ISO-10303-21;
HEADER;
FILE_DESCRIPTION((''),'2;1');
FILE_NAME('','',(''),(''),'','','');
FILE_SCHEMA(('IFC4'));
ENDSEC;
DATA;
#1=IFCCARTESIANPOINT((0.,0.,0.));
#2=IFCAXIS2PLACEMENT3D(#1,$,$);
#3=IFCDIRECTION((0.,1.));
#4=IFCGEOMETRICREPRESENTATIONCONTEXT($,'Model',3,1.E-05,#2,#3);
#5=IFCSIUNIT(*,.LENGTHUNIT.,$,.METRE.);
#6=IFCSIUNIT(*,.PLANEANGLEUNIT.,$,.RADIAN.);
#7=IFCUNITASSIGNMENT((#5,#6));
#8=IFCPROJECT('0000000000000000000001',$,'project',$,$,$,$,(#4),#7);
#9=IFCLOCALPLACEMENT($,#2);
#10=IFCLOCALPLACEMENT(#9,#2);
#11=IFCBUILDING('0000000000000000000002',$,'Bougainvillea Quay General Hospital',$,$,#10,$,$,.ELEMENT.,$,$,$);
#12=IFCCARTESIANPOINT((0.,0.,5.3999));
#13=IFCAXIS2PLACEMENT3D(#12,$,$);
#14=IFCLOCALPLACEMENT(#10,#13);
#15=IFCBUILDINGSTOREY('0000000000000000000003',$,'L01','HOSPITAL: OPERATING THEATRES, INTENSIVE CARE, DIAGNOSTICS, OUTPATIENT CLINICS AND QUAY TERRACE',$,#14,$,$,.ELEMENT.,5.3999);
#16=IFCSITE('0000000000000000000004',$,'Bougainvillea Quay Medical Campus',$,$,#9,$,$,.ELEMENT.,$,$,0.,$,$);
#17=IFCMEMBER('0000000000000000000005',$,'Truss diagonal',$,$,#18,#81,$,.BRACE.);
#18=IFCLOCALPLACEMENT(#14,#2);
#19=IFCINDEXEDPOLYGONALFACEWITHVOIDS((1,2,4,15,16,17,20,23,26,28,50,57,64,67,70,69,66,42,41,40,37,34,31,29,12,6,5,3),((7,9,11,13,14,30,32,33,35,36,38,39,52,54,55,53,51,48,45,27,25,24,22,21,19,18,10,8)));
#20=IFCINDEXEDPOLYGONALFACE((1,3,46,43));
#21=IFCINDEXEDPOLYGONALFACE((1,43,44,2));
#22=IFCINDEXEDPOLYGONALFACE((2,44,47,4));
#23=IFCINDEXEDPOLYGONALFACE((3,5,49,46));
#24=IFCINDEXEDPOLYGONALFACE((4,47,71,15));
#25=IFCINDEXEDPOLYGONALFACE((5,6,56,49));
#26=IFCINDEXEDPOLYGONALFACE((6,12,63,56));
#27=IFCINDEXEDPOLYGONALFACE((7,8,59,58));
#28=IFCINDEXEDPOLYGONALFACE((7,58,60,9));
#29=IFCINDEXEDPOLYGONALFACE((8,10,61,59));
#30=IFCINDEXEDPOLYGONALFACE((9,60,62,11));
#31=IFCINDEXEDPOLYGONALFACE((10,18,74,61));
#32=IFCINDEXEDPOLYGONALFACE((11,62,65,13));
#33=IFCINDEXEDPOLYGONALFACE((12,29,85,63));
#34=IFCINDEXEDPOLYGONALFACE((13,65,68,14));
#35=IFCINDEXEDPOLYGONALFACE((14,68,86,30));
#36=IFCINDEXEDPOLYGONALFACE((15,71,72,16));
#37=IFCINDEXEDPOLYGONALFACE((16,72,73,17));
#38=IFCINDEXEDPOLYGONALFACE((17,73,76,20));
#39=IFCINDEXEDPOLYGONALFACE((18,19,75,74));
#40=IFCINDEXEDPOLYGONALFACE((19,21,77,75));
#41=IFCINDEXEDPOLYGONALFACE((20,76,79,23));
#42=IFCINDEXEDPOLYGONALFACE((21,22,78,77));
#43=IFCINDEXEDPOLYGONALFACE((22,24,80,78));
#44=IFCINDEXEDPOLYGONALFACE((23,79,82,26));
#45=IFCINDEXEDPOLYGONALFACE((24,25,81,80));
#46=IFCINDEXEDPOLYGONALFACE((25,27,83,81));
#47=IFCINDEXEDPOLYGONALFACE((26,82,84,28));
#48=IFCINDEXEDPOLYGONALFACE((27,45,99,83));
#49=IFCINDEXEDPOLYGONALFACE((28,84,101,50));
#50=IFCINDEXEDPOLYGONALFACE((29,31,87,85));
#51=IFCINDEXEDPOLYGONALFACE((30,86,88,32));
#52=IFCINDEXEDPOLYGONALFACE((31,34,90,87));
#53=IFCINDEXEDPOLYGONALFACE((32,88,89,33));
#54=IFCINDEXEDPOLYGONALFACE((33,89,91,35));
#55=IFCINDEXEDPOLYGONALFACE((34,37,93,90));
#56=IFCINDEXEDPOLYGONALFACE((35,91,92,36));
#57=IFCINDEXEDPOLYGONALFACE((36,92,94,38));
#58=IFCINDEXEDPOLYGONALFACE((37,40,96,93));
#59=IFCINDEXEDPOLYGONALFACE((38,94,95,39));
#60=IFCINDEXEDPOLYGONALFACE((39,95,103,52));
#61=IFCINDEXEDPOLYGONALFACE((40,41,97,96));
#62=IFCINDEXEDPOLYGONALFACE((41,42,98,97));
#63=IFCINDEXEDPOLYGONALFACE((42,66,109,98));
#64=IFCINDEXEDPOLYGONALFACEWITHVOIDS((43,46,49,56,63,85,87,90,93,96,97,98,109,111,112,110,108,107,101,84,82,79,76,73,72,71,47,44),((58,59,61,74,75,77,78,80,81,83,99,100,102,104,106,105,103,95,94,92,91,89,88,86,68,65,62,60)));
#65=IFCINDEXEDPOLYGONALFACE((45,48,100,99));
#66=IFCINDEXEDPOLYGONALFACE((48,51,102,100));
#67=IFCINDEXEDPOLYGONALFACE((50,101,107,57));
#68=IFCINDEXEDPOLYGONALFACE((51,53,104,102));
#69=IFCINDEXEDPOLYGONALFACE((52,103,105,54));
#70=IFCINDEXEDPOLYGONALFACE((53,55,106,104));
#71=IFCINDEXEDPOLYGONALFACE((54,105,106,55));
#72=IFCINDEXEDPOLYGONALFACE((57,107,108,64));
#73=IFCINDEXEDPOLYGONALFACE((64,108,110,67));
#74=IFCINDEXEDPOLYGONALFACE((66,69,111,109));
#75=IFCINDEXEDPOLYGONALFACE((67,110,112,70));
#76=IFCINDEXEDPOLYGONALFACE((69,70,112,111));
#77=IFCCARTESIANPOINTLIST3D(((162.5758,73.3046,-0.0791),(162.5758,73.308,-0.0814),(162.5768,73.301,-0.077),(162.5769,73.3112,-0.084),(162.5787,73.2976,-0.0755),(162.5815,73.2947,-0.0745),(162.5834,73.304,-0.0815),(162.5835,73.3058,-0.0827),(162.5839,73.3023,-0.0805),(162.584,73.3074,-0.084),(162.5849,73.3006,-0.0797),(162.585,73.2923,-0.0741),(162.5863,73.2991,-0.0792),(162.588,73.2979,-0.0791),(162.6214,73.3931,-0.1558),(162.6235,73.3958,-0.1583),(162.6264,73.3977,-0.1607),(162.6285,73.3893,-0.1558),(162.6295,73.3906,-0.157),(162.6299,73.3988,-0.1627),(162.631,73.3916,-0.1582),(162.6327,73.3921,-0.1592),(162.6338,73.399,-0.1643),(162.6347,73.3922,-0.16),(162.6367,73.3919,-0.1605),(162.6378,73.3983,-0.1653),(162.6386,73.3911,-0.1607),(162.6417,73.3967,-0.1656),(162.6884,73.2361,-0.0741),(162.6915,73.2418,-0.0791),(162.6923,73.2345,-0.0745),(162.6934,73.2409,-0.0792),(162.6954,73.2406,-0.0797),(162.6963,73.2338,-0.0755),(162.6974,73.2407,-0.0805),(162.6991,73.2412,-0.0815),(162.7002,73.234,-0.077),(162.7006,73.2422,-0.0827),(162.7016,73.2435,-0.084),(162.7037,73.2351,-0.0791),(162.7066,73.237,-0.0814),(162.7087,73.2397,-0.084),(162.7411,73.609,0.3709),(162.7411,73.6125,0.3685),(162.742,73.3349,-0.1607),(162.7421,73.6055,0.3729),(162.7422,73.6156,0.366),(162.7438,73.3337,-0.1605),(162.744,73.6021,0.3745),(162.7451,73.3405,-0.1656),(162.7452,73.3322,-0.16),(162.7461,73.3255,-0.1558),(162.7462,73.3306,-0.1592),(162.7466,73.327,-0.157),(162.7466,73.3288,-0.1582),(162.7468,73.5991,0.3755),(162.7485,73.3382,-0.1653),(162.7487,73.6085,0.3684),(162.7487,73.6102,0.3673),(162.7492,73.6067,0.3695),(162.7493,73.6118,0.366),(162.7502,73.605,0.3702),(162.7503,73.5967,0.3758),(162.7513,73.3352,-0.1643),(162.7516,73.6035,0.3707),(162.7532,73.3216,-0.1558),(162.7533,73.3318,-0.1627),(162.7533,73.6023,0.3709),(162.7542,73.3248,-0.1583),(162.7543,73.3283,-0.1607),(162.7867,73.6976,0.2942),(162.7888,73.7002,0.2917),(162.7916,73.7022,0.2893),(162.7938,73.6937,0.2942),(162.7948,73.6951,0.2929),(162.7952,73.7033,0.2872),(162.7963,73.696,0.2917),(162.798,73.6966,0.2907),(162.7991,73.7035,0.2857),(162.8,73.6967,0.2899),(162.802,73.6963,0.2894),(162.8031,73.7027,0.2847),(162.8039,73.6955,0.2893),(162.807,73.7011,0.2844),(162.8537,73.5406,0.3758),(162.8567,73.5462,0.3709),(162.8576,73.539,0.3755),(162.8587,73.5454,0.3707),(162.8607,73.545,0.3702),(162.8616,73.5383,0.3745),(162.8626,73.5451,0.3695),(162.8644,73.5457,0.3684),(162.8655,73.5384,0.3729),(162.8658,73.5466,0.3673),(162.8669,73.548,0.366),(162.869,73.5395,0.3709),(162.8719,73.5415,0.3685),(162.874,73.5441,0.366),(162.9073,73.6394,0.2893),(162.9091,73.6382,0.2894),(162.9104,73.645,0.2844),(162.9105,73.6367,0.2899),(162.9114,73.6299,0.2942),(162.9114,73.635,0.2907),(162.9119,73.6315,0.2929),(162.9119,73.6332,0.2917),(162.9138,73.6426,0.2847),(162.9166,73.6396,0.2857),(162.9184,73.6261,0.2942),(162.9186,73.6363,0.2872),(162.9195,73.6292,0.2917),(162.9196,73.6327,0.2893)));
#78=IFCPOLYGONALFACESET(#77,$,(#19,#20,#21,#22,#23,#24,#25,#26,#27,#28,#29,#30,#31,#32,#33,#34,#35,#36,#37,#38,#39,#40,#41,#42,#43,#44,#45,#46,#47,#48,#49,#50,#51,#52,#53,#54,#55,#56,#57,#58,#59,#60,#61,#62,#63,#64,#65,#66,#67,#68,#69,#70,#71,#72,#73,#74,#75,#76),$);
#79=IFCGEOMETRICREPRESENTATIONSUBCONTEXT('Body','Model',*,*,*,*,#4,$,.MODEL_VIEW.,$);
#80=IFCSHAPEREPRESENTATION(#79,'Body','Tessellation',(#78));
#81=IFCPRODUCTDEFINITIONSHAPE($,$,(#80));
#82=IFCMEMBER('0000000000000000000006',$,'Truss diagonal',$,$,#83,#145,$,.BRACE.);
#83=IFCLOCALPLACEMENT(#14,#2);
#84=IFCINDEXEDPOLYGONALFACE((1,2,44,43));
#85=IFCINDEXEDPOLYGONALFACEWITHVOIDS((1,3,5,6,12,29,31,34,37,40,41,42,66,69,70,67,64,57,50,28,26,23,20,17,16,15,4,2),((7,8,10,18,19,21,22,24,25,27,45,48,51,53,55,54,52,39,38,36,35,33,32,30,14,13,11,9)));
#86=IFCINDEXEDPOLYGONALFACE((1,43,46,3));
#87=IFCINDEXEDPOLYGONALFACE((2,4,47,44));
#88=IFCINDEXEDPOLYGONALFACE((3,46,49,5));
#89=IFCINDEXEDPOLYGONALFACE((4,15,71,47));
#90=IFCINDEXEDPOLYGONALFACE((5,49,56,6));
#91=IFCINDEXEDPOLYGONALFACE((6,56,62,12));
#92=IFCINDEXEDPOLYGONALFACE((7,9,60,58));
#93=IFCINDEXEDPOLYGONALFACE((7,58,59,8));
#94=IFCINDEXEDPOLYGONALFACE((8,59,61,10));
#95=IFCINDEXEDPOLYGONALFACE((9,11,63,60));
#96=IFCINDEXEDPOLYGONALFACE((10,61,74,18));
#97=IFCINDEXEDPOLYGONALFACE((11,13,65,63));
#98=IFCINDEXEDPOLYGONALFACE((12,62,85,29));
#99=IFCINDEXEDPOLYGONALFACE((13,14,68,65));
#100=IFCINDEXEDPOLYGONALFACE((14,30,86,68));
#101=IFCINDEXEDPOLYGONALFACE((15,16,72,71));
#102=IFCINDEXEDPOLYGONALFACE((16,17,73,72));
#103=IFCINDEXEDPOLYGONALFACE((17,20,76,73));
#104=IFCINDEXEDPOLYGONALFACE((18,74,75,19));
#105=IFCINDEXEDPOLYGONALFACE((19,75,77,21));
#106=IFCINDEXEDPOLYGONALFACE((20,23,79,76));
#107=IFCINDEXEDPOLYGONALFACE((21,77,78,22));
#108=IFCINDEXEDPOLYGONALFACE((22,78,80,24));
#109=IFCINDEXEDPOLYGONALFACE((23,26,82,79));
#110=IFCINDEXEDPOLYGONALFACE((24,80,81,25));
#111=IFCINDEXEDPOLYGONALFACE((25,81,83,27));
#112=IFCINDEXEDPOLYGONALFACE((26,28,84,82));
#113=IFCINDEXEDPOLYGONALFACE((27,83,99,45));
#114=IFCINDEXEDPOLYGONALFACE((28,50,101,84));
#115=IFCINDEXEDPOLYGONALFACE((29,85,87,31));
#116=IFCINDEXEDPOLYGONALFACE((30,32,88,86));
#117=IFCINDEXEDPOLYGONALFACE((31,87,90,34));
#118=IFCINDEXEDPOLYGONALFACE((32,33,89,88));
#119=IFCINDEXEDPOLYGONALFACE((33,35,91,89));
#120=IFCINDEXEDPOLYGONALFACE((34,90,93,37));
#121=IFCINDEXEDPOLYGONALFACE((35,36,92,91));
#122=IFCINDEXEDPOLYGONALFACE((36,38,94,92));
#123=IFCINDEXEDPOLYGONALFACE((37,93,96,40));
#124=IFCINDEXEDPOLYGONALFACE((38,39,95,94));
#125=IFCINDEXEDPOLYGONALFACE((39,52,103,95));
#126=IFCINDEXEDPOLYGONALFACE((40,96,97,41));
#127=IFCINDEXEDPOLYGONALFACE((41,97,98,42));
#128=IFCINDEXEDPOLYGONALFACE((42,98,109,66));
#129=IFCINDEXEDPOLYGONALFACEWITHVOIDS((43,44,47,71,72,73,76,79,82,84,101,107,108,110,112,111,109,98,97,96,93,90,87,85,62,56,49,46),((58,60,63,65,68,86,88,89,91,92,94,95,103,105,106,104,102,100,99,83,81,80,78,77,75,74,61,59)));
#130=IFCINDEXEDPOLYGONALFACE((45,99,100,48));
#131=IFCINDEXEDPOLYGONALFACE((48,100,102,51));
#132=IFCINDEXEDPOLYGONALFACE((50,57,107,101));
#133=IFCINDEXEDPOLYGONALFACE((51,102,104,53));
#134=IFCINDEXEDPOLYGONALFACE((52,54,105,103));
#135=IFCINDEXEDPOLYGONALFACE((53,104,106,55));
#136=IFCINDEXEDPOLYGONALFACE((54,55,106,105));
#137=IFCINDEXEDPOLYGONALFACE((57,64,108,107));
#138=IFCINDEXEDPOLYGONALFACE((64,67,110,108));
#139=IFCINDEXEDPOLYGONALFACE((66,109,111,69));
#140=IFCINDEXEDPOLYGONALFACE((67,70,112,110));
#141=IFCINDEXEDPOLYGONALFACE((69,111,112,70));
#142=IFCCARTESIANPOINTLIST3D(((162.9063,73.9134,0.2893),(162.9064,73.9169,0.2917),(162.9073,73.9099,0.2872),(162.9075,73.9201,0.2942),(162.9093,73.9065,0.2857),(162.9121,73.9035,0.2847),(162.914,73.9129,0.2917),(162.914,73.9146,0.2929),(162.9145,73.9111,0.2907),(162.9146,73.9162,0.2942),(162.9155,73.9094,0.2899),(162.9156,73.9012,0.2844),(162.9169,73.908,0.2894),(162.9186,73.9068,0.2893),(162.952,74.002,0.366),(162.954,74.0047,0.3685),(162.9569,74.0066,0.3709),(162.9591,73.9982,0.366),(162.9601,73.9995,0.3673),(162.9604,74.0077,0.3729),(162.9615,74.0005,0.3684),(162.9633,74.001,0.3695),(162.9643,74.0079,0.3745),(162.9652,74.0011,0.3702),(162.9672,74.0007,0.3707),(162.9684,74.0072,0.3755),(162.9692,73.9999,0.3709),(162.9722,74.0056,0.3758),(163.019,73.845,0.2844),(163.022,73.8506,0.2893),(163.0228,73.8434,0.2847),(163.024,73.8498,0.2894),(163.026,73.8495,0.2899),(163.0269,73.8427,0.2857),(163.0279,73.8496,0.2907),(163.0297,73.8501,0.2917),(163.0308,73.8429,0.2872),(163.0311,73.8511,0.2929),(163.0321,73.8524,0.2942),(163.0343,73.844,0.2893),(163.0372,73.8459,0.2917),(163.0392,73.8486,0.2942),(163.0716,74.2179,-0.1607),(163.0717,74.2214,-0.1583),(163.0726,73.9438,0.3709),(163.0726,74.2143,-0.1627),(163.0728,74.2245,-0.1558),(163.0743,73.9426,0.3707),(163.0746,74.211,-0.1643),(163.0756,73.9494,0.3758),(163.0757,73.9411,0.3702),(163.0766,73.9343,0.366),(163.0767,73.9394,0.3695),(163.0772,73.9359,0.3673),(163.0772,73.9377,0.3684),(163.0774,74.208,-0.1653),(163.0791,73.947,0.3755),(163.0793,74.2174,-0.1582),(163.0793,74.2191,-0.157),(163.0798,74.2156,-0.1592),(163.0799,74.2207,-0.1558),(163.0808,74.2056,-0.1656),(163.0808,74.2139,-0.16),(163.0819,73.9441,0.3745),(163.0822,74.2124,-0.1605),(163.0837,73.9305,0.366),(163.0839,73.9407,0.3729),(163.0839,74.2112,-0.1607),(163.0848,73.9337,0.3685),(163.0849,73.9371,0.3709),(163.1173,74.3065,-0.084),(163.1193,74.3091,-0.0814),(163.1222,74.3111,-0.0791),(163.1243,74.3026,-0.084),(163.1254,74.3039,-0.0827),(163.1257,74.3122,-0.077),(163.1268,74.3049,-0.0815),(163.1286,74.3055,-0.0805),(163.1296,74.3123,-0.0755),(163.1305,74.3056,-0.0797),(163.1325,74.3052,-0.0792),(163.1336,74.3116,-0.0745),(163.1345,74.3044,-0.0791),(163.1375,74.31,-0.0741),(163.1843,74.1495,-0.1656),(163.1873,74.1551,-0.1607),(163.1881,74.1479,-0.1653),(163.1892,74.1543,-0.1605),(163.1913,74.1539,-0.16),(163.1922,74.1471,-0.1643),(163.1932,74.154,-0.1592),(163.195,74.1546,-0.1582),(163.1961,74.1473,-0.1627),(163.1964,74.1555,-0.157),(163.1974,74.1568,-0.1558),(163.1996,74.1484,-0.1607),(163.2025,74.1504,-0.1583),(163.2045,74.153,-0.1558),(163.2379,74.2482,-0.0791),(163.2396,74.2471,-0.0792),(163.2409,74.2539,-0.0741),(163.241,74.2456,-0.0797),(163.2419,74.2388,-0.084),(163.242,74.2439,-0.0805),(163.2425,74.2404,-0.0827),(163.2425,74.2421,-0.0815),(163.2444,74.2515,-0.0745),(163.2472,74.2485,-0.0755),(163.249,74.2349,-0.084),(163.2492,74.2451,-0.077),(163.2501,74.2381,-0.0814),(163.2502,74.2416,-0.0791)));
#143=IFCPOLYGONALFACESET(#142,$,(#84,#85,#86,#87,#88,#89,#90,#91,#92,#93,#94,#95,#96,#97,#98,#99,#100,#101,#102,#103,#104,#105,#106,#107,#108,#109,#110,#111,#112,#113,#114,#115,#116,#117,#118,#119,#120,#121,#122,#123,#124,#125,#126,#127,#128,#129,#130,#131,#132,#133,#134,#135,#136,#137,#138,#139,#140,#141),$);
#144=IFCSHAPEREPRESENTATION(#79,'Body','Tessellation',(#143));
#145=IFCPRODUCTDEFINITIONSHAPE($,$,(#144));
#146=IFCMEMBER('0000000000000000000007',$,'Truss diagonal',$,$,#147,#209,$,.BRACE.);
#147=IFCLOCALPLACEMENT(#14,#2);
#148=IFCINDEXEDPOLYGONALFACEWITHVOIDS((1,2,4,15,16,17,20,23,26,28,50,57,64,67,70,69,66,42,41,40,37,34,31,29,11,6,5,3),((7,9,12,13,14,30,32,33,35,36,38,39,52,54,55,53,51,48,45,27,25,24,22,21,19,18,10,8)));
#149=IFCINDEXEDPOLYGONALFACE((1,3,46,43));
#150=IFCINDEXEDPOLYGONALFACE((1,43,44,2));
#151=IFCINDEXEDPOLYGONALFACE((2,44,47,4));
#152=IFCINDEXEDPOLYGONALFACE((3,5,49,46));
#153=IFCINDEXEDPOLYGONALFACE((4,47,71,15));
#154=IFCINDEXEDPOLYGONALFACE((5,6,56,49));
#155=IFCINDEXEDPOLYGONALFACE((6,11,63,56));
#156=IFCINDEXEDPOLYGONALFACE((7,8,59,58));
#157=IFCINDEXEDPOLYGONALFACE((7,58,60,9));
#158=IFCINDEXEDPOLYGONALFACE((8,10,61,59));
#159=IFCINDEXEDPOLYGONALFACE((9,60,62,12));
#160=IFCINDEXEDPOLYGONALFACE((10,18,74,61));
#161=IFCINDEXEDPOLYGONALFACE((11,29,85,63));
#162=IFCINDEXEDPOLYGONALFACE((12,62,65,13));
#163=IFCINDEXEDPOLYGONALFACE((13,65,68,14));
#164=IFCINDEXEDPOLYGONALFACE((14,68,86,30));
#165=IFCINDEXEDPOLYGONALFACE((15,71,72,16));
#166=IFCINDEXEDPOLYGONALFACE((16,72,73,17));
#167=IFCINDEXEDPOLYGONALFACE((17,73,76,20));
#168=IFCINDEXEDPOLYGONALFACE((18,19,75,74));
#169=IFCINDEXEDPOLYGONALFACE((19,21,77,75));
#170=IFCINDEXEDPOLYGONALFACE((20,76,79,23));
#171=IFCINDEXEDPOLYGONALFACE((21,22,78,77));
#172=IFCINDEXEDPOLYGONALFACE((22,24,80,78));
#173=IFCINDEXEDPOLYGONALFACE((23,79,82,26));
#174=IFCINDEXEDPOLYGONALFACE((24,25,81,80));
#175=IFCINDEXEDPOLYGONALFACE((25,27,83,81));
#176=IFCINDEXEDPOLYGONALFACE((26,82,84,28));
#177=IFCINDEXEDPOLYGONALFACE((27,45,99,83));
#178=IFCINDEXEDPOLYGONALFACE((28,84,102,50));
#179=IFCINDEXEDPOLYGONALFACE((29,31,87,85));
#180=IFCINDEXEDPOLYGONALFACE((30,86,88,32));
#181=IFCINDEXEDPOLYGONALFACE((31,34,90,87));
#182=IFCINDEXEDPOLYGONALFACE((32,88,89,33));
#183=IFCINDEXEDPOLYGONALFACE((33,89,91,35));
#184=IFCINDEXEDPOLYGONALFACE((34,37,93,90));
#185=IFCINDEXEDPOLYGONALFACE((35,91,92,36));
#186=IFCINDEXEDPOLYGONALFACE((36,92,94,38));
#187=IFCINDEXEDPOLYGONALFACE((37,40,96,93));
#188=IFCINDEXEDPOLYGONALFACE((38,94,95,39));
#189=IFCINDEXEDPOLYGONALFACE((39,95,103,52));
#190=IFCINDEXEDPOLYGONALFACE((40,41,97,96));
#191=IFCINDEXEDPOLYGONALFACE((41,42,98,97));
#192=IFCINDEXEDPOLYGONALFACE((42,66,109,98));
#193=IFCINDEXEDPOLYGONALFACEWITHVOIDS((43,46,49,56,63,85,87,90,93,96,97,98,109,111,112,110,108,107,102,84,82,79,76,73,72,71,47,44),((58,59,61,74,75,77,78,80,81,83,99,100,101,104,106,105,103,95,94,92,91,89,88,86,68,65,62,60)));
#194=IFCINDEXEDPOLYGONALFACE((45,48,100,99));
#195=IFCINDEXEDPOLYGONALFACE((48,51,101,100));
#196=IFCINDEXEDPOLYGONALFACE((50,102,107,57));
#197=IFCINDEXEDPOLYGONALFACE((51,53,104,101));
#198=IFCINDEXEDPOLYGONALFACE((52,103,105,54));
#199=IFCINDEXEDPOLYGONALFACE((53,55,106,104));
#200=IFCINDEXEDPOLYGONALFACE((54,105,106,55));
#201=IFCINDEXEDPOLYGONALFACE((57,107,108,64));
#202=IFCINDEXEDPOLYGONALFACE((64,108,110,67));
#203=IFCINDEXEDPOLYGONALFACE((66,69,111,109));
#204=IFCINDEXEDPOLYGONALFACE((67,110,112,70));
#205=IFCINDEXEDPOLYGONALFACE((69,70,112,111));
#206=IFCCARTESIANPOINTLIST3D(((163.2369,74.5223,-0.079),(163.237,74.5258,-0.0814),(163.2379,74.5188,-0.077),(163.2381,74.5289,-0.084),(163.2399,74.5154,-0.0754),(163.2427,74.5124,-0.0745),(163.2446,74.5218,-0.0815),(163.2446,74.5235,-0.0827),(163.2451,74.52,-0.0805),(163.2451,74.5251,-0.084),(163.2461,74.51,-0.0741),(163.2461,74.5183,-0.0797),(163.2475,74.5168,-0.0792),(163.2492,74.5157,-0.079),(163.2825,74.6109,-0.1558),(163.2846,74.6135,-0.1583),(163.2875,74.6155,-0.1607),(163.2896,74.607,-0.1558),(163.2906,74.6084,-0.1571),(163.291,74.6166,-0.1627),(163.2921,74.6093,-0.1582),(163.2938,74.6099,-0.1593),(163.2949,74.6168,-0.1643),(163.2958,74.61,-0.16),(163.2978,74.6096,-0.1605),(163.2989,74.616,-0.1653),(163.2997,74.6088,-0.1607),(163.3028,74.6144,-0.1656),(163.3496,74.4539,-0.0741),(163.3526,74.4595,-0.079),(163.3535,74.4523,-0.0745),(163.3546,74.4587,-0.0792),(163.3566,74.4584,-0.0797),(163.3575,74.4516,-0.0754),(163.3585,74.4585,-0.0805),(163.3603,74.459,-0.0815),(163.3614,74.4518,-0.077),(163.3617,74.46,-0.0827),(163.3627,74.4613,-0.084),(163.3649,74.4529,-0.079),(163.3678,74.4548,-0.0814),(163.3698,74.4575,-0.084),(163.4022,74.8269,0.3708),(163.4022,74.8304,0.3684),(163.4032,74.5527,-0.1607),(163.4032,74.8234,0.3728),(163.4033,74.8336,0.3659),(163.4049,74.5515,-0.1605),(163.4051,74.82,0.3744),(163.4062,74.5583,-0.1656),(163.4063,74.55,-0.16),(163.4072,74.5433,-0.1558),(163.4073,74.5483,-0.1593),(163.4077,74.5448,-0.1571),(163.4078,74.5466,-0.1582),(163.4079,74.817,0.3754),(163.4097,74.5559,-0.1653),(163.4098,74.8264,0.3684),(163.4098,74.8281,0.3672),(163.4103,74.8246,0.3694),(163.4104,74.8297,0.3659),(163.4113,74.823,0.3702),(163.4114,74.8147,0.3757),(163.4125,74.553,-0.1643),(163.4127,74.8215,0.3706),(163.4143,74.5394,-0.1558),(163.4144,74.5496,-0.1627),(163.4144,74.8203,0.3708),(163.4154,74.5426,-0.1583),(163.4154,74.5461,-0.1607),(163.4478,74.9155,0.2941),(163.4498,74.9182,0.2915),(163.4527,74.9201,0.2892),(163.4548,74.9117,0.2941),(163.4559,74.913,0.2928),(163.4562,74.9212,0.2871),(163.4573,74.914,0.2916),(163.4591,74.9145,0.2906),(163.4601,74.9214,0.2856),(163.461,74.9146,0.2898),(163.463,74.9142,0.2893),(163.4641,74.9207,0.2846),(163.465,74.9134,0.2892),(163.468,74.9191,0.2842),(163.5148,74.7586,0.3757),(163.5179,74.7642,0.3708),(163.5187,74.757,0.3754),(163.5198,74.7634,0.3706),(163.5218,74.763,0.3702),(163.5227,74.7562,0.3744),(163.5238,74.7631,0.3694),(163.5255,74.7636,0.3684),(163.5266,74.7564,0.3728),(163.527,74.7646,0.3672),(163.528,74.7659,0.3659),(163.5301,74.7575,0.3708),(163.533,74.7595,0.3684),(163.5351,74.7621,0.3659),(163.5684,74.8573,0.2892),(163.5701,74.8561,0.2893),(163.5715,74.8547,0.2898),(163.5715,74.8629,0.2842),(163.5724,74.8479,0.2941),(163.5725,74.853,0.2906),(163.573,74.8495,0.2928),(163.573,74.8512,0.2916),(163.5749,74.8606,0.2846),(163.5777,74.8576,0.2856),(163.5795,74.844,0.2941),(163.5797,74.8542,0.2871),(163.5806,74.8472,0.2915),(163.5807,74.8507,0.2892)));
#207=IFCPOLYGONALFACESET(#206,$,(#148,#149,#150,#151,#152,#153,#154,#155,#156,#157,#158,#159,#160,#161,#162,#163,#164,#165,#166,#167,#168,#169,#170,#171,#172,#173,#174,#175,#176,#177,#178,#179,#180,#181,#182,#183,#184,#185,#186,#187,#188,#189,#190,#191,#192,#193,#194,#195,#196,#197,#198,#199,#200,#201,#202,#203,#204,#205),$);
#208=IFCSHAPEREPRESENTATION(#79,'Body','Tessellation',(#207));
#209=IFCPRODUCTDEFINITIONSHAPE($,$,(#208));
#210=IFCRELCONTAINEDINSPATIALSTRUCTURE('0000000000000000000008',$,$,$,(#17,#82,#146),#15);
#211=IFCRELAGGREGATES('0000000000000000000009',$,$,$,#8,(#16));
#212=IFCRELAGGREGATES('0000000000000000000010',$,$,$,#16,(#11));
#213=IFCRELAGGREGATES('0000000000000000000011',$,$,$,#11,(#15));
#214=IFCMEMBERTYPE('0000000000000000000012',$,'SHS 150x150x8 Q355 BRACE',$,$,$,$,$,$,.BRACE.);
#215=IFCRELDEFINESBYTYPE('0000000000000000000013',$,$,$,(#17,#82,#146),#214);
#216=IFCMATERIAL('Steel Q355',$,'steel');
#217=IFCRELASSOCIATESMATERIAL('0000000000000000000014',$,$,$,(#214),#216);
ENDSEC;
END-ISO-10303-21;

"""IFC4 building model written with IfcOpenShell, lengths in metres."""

from ifc_helpers import new_model, si_unit, direction, frame, origin, origin_2d, place, context, subcontext, project, spatial, hollow_rectangle, extrude, material, material_profile, profile_set, type_object, element, save


model = new_model("IFC4")

# Units and contexts
model_context = context("Model", 3, precision=1e-05, world=origin(), true_north=direction((0.0, 1.0)))
body_context = subcontext(model_context, "Body", "Model", "MODEL_VIEW")
ifc_project = project(units=[si_unit("LENGTHUNIT", "METRE"), si_unit("PLANEANGLEUNIT", "RADIAN")], contexts=[model_context])

# Site, building, storey
site_placement = place(None, origin())
site = spatial("IfcSite", under=ifc_project, at=site_placement, Name="Bougainvillea Quay Medical Campus", CompositionType="ELEMENT", RefElevation=0.0)
building_placement = place(site_placement, origin())
building = spatial("IfcBuilding", under=site, at=building_placement, Name="Bougainvillea Quay General Hospital", CompositionType="ELEMENT")
storey_placement = place(building_placement, frame((0.0, 0.0, 5.3999)))
storey = spatial("IfcBuildingStorey", under=building, at=storey_placement, Name="L01", Description="HOSPITAL: OPERATING THEATRES, INTENSIVE CARE, DIAGNOSTICS, OUTPATIENT CLINICS AND QUAY TERRACE", CompositionType="ELEMENT", Elevation=5.3999)

# Members
ifc_material_1 = material(Name="Steel Q355", Category="steel")
ifc_material_profile_1 = material_profile(ifc_material_1, hollow_rectangle(XDim=0.1499, YDim=0.1499, WallThickness=0.0081, InnerFilletRadius=0.0081, OuterFilletRadius=0.0161, at=origin_2d()))
ifc_profile_set_1 = profile_set([ifc_material_profile_1], Name="Steel Q355")
member_type_1 = type_object("IfcMemberType", Name="SHS 150x150x8 Q355 BRACE", PredefinedType="BRACE", material=ifc_profile_set_1)
for number, where, z_axis, x_axis, name in (
    (1, (162.665, 73.3164, -0.1199), (0.291065, 0.536128, 0.792369), (-0.878837, 0.477123, 0.0), "Truss diagonal"),
    (2, (163.1609, 74.2297, -0.1199), (-0.291065, -0.536128, 0.792369), (0.878837, -0.477123, 0.0), "Truss diagonal"),
    (3, (163.3262, 74.5342, -0.1199), (0.290998, 0.536434, 0.792186), (-0.878997, 0.476828, 0.0), "Truss diagonal"),
):
    element("IfcMember", number, at=place(storey_placement, frame(where, z_axis=z_axis, x_axis=x_axis)), inside=storey, type_object=member_type_1, Name=name, PredefinedType="BRACE", context=body_context, shape_type="SweptSolid", body=[
        extrude(hollow_rectangle(XDim=0.1499, YDim=0.1499, WallThickness=0.0081, InnerFilletRadius=0.0081, OuterFilletRadius=0.0161, at=origin_2d()), origin(), (0.0, 0.0, 1.0), 0.5679),
    ])

save(model, "model.ifc")
